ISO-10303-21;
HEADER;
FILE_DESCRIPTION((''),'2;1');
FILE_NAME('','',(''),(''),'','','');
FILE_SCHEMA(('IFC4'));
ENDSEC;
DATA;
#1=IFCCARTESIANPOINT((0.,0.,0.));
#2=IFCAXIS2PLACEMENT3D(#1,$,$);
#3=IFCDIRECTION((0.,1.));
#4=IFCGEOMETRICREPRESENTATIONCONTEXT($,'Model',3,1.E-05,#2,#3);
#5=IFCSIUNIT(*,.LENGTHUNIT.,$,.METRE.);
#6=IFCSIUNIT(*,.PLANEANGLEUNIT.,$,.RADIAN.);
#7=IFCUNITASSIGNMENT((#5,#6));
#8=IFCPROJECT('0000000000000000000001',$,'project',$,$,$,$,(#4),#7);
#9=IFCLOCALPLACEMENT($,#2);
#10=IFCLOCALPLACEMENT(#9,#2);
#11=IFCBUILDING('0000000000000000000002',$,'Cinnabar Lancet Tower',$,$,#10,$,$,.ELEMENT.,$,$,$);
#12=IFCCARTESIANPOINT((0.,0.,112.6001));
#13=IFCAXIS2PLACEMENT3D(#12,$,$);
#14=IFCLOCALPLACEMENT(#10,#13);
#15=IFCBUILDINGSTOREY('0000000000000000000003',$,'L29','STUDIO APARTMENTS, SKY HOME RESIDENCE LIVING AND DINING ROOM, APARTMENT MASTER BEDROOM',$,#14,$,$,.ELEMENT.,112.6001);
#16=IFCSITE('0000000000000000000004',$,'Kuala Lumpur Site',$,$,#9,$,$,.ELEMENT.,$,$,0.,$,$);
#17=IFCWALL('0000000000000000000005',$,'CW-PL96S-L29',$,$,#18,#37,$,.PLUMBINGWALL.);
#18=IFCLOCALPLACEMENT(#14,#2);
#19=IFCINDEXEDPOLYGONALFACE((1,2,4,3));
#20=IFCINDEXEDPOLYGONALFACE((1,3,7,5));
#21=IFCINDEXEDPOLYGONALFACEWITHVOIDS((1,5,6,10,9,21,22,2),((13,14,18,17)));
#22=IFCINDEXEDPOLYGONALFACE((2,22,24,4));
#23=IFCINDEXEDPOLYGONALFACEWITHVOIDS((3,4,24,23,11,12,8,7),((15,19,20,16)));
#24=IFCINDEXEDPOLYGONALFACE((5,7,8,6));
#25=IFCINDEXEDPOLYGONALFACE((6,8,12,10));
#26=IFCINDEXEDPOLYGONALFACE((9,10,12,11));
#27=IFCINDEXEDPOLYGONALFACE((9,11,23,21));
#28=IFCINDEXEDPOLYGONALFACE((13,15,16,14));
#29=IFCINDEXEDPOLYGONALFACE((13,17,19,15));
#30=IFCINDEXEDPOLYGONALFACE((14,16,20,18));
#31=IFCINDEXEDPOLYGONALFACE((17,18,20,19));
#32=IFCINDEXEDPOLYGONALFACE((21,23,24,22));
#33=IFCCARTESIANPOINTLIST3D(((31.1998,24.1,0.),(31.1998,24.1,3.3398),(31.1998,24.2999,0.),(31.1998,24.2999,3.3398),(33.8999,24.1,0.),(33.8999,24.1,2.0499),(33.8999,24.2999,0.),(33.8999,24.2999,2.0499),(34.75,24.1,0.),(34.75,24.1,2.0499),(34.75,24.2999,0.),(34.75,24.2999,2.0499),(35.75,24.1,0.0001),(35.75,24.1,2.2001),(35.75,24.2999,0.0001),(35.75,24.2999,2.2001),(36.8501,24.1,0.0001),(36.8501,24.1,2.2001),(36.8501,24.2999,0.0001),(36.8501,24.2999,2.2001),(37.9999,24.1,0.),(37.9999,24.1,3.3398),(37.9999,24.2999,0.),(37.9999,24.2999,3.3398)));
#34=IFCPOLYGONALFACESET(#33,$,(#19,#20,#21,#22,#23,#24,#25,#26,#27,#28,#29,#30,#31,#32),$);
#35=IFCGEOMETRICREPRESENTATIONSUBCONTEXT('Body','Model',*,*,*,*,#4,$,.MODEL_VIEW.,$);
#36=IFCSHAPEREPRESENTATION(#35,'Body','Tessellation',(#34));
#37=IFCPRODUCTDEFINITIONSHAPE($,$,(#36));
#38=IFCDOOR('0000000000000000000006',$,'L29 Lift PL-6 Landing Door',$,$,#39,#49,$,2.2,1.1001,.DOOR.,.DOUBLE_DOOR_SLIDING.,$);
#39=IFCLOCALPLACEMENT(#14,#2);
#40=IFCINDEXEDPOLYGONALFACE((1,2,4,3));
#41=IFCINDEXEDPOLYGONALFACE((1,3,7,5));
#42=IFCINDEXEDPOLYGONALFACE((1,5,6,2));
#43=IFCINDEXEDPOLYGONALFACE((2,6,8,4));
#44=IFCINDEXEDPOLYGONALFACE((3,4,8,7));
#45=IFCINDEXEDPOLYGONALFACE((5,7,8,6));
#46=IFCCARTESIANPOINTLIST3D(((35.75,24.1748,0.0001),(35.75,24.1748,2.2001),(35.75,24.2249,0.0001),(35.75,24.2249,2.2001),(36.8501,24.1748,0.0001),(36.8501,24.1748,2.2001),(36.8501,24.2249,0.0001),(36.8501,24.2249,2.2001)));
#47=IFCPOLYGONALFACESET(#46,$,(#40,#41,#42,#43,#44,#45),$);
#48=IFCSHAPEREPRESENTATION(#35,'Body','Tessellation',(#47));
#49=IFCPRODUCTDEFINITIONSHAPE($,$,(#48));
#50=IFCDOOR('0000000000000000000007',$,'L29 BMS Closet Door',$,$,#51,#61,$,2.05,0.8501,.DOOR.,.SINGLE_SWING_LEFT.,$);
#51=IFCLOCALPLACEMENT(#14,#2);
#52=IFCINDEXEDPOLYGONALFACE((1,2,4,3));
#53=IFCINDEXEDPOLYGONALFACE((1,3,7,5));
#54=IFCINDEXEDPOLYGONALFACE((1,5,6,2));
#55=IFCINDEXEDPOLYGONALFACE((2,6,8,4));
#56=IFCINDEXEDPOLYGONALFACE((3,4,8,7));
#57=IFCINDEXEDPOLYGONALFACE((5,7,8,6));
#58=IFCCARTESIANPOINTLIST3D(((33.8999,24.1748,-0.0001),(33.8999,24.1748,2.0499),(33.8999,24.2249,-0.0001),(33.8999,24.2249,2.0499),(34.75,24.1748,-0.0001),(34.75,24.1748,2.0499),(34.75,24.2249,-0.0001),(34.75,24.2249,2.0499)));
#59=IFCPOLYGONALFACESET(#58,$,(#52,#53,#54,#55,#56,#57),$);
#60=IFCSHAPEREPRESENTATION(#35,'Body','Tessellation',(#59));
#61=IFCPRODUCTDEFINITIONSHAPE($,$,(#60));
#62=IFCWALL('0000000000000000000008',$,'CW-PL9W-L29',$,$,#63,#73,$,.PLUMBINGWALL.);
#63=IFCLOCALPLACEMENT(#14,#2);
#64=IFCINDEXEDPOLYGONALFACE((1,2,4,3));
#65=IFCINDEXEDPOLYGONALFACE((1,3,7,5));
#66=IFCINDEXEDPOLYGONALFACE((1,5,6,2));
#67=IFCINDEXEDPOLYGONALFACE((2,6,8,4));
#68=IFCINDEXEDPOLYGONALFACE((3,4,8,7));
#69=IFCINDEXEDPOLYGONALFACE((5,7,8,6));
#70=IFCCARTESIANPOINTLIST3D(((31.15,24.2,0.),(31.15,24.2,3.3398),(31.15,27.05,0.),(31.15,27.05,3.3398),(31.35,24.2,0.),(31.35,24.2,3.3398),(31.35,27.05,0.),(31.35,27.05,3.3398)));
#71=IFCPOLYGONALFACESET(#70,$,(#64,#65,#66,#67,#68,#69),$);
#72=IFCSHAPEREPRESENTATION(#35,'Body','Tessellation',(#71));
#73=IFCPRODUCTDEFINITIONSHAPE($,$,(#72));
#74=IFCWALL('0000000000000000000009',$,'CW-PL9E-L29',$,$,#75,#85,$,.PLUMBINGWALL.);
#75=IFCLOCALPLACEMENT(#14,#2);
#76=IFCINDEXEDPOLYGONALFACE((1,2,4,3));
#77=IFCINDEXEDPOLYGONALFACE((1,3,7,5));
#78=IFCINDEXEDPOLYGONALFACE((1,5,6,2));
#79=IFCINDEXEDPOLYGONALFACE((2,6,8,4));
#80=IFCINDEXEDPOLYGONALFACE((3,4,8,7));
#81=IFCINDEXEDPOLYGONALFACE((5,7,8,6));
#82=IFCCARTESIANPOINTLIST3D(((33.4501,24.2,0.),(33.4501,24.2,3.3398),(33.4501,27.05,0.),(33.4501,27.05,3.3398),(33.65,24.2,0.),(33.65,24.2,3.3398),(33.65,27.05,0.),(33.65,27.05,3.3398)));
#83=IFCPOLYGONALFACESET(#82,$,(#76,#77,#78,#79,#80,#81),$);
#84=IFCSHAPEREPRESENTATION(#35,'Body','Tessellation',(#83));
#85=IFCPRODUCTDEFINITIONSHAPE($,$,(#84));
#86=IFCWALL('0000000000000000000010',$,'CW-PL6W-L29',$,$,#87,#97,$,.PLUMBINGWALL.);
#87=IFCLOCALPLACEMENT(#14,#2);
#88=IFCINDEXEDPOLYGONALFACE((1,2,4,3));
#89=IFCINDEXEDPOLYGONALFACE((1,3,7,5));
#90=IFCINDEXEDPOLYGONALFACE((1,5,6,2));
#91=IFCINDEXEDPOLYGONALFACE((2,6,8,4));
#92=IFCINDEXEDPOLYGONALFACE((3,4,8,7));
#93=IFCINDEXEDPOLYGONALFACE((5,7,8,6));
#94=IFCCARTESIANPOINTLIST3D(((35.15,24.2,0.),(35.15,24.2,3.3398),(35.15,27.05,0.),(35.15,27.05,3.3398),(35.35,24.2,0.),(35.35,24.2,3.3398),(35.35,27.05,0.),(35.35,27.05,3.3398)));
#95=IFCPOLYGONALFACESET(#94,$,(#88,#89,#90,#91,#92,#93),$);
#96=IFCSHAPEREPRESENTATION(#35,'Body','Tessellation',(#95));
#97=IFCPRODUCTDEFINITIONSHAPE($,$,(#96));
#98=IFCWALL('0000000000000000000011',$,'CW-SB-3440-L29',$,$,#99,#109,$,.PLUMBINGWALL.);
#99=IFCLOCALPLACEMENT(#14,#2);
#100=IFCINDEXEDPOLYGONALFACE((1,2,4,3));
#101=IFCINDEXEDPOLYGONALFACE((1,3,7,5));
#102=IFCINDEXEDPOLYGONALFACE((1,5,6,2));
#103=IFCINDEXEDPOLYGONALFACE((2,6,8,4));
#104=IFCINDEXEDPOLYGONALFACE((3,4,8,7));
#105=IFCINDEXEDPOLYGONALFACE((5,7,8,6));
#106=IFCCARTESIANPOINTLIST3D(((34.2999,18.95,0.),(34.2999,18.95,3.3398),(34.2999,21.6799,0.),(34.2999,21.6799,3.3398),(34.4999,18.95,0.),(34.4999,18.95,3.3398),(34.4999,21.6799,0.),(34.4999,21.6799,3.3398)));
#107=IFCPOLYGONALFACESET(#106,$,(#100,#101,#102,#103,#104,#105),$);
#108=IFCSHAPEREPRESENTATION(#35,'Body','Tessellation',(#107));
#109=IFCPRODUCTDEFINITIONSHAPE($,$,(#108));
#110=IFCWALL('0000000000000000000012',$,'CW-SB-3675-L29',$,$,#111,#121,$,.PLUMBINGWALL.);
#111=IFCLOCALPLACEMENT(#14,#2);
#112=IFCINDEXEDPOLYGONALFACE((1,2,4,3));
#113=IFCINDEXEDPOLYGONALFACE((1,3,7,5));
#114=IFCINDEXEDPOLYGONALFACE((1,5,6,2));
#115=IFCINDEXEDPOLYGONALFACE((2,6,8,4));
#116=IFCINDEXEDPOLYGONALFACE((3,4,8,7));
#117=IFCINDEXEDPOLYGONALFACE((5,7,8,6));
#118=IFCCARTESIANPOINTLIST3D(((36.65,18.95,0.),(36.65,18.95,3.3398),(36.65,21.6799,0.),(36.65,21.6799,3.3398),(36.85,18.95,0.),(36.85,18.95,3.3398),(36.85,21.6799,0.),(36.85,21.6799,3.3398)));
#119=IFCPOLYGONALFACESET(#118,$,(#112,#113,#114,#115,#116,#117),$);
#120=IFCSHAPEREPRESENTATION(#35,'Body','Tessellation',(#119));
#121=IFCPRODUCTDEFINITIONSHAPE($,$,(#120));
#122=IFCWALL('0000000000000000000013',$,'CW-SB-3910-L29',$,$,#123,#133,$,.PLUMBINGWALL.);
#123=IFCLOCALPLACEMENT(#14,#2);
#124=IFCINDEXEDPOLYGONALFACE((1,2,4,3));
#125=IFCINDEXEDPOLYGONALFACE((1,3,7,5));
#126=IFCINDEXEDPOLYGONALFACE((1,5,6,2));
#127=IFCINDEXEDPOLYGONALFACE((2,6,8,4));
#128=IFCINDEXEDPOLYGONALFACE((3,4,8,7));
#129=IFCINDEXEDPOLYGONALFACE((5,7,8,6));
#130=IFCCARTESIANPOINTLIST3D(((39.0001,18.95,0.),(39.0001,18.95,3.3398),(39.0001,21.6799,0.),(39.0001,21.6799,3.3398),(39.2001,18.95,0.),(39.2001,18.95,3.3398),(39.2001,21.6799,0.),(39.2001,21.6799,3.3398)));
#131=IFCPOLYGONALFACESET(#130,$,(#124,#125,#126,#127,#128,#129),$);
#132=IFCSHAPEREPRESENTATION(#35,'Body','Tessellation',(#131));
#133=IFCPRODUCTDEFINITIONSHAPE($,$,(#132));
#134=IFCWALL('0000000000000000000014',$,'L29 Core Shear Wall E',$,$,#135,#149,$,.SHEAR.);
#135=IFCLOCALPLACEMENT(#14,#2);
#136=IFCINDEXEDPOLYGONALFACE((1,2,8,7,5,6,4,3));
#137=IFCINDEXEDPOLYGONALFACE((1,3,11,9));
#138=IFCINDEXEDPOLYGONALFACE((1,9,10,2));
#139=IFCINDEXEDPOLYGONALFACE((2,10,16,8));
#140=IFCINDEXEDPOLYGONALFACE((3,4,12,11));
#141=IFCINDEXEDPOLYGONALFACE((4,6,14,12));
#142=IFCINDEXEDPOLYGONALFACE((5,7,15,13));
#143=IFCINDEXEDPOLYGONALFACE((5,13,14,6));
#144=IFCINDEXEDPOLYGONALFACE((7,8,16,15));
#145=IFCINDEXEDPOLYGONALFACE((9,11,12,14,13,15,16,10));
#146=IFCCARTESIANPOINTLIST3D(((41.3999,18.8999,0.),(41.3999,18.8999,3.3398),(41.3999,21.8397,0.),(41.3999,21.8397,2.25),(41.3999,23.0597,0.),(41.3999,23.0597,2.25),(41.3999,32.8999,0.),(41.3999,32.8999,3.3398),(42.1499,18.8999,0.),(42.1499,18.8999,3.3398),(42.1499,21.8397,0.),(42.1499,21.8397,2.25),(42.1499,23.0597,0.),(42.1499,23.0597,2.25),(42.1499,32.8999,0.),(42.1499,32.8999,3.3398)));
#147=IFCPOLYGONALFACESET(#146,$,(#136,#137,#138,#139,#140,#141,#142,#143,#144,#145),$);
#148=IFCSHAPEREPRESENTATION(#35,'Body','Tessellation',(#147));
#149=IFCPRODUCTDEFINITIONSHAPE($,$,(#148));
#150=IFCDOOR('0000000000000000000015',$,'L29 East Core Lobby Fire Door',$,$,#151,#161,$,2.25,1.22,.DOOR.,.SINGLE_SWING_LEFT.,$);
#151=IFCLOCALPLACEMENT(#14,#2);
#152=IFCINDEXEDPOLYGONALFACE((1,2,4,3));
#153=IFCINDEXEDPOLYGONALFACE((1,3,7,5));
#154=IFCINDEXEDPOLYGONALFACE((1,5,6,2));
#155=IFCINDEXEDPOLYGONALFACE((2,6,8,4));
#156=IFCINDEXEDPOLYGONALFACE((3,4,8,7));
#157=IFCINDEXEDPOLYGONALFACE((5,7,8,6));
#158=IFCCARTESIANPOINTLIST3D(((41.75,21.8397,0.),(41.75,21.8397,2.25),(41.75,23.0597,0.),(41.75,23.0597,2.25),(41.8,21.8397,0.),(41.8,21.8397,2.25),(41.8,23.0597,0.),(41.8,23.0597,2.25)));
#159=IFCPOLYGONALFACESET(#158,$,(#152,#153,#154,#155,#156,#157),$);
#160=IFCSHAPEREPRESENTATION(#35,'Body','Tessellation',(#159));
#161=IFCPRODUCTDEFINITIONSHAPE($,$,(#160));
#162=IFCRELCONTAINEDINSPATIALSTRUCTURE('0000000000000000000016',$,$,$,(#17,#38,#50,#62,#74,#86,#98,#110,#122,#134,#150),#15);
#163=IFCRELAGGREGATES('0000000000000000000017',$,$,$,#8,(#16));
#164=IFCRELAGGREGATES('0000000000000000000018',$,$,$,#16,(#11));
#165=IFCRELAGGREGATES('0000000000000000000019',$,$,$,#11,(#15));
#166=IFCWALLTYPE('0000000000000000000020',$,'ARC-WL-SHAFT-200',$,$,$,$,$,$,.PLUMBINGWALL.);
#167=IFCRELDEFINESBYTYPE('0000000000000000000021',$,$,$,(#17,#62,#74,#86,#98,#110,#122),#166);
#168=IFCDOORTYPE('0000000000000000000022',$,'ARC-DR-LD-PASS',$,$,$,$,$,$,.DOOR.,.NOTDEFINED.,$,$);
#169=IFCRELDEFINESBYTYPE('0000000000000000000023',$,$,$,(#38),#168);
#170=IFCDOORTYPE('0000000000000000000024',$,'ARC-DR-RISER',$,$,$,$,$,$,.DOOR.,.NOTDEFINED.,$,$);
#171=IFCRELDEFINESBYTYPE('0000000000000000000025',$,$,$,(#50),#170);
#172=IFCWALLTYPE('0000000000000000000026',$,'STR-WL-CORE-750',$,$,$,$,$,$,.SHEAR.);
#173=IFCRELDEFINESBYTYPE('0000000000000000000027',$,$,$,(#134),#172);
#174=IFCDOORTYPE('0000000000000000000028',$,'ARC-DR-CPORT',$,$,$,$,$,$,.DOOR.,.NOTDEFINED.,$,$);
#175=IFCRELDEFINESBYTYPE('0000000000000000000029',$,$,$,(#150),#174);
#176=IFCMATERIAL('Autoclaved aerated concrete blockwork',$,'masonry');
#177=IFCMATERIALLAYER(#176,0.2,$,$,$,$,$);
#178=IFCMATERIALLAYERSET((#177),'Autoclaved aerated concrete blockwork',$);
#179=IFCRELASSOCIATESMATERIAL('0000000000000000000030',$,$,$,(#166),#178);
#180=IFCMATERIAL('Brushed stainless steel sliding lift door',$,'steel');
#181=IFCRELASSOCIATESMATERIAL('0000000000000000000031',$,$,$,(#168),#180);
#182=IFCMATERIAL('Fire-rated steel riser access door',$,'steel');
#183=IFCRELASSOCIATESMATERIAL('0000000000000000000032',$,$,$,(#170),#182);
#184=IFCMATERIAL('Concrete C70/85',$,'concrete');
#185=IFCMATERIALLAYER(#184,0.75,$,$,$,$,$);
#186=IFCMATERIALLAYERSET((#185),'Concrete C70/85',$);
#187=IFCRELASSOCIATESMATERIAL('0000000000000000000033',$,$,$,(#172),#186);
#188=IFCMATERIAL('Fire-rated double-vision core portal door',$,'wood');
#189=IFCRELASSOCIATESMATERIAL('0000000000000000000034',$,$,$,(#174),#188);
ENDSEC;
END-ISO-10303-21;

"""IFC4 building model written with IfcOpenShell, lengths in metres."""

from ifc_helpers import new_model, si_unit, direction, frame, frame_2d, origin, place, context, subcontext, project, spatial, rectangle, extrude, material, layer, layer_set, type_object, element, fill, save


model = new_model("IFC4")

# Units and contexts
model_context = context("Model", 3, precision=1e-05, world=origin(), true_north=direction((0.0, 1.0)))
body_context = subcontext(model_context, "Body", "Model", "MODEL_VIEW")
ifc_project = project(units=[si_unit("LENGTHUNIT", "METRE"), si_unit("PLANEANGLEUNIT", "RADIAN")], contexts=[model_context])

# Site, building, storey
site_placement = place(None, origin())
site = spatial("IfcSite", under=ifc_project, at=site_placement, Name="Kuala Lumpur Site", CompositionType="ELEMENT", RefElevation=0.0)
building_placement = place(site_placement, origin())
building = spatial("IfcBuilding", under=site, at=building_placement, Name="Cinnabar Lancet Tower", CompositionType="ELEMENT")
storey_placement = place(building_placement, frame((0.0, 0.0, 112.6001)))
storey = spatial("IfcBuildingStorey", under=building, at=storey_placement, Name="L29", Description="STUDIO APARTMENTS, SKY HOME RESIDENCE LIVING AND DINING ROOM, APARTMENT MASTER BEDROOM", CompositionType="ELEMENT", Elevation=112.6001)

# Shared definitions
ifc_material_1 = material(Name="Autoclaved aerated concrete blockwork", Category="masonry")
ifc_layer_1 = layer(ifc_material_1, 0.2)
ifc_layer_set_1 = layer_set([ifc_layer_1], Name="Autoclaved aerated concrete blockwork")
wall_type_1 = type_object("IfcWallType", Name="ARC-WL-SHAFT-200", PredefinedType="PLUMBINGWALL", material=ifc_layer_set_1)

# Wall, openings, doors
wall_1_placement = place(storey_placement, frame((31.2, 24.2, 0.0), z_axis=(0.0, 0.0, 1.0), x_axis=(1.0, 0.0, 0.0)))
wall_1 = element("IfcWall", 1, at=wall_1_placement, inside=storey, type_object=wall_type_1, Name="CW-PL96S-L29", PredefinedType="PLUMBINGWALL", context=body_context, shape_type="SweptSolid", body=[
    extrude(rectangle(XDim=6.8, YDim=0.2, at=frame_2d((3.3999, 0.0))), origin(), (0.0, 0.0, 1.0), 3.3398),
])
opening_1_placement = place(wall_1_placement, frame((2.7, 0.0, 0.0)))
opening_1 = element("IfcOpeningElement", 2, at=opening_1_placement, cuts=wall_1, PredefinedType="OPENING", context=body_context, shape_type="SweptSolid", body=[
    extrude(rectangle(XDim=0.8501, YDim=2.05, at=frame_2d((0.425, 1.0249))), frame((0.0, 0.1099, 0.0), z_axis=(0.0, -1.0, 0.0), x_axis=(1.0, 0.0, 0.0)), (0.0, 0.0, 1.0), 0.22),
])
opening_2_placement = place(wall_1_placement, frame((4.55, 0.0, 0.0)))
opening_2 = element("IfcOpeningElement", 3, at=opening_2_placement, cuts=wall_1, PredefinedType="OPENING", context=body_context, shape_type="SweptSolid", body=[
    extrude(rectangle(XDim=1.1001, YDim=2.2, at=frame_2d((0.55, 1.1001))), frame((0.0, 0.1099, 0.0), z_axis=(0.0, -1.0, 0.0), x_axis=(1.0, 0.0, 0.0)), (0.0, 0.0, 1.0), 0.22),
])
ifc_material_2 = material(Name="Brushed stainless steel sliding lift door", Category="steel")
door_type_1 = type_object("IfcDoorType", Name="ARC-DR-LD-PASS", OperationType="NOTDEFINED", PredefinedType="DOOR", material=ifc_material_2)
door_1_placement = place(opening_2_placement, origin())
door_1 = element("IfcDoor", 4, at=door_1_placement, inside=storey, type_object=door_type_1, Name="L29 Lift PL-6 Landing Door", OperationType="DOUBLE_DOOR_SLIDING", OverallHeight=2.2, OverallWidth=1.1001, PredefinedType="DOOR", context=body_context, shape_type="SweptSolid", body=[
    extrude(rectangle(XDim=1.1001, YDim=2.2, at=frame_2d((0.55, 1.1001))), frame((0.0, 0.0249, 0.0), z_axis=(0.0, -1.0, 0.0), x_axis=(1.0, 0.0, 0.0)), (0.0, 0.0, 1.0), 0.05),
])
fill(opening_2, door_1)
ifc_material_3 = material(Name="Fire-rated steel riser access door", Category="steel")
door_type_2 = type_object("IfcDoorType", Name="ARC-DR-RISER", OperationType="NOTDEFINED", PredefinedType="DOOR", material=ifc_material_3)
door_2_placement = place(opening_1_placement, origin())
door_2 = element("IfcDoor", 5, at=door_2_placement, inside=storey, type_object=door_type_2, Name="L29 BMS Closet Door", OperationType="SINGLE_SWING_LEFT", OverallHeight=2.05, OverallWidth=0.8501, PredefinedType="DOOR", context=body_context, shape_type="SweptSolid", body=[
    extrude(rectangle(XDim=0.8501, YDim=2.05, at=frame_2d((0.425, 1.0249))), frame((0.0, 0.0249, 0.0), z_axis=(0.0, -1.0, 0.0), x_axis=(1.0, 0.0, 0.0)), (0.0, 0.0, 1.0), 0.05),
])
fill(opening_1, door_2)

# Walls
for number, where, z_axis, x_axis, name in (
    (6, (31.25, 24.2, 0.0), (0.0, 0.0, 1.0), (0.0, 1.0, 0.0), "CW-PL9W-L29"),
    (7, (33.55, 24.2, 0.0), (0.0, 0.0, 1.0), (0.0, 1.0, 0.0), "CW-PL9E-L29"),
    (8, (35.25, 24.2, 0.0), (0.0, 0.0, 1.0), (0.0, 1.0, 0.0), "CW-PL6W-L29"),
):
    element("IfcWall", number, at=place(storey_placement, frame(where, z_axis=z_axis, x_axis=x_axis)), inside=storey, type_object=wall_type_1, Name=name, PredefinedType="PLUMBINGWALL", context=body_context, shape_type="SweptSolid", body=[
        extrude(rectangle(XDim=2.8501, YDim=0.2, at=frame_2d((1.425, 0.0))), origin(), (0.0, 0.0, 1.0), 3.3398),
    ])
for number, where, z_axis, x_axis, name in (
    (9, (34.3999, 18.95, 0.0), (0.0, 0.0, 1.0), (0.0, 1.0, 0.0), "CW-SB-3440-L29"),
    (10, (36.75, 18.95, 0.0), (0.0, 0.0, 1.0), (0.0, 1.0, 0.0), "CW-SB-3675-L29"),
    (11, (39.1001, 18.95, 0.0), (0.0, 0.0, 1.0), (0.0, 1.0, 0.0), "CW-SB-3910-L29"),
):
    element("IfcWall", number, at=place(storey_placement, frame(where, z_axis=z_axis, x_axis=x_axis)), inside=storey, type_object=wall_type_1, Name=name, PredefinedType="PLUMBINGWALL", context=body_context, shape_type="SweptSolid", body=[
        extrude(rectangle(XDim=2.73, YDim=0.2, at=frame_2d((1.365, 0.0))), origin(), (0.0, 0.0, 1.0), 3.3398),
    ])

# Wall, opening, door
ifc_material_4 = material(Name="Concrete C70/85", Category="concrete")
ifc_layer_2 = layer(ifc_material_4, 0.75)
ifc_layer_set_2 = layer_set([ifc_layer_2], Name="Concrete C70/85")
wall_type_2 = type_object("IfcWallType", Name="STR-WL-CORE-750", PredefinedType="SHEAR", material=ifc_layer_set_2)
wall_2_placement = place(storey_placement, frame((41.7749, 18.8999, 0.0), z_axis=(0.0, 0.0, 1.0), x_axis=(0.0, 1.0, 0.0)))
wall_2 = element("IfcWall", 12, at=wall_2_placement, inside=storey, type_object=wall_type_2, Name="L29 Core Shear Wall E", PredefinedType="SHEAR", context=body_context, shape_type="SweptSolid", body=[
    extrude(rectangle(XDim=14.0, YDim=0.75, at=frame_2d((7.0, 0.0))), origin(), (0.0, 0.0, 1.0), 3.3398),
])
opening_3_placement = place(wall_2_placement, frame((2.9399, 0.0, 0.0)))
opening_3 = element("IfcOpeningElement", 13, at=opening_3_placement, cuts=wall_2, PredefinedType="OPENING", context=body_context, shape_type="SweptSolid", body=[
    extrude(rectangle(XDim=1.22, YDim=2.25, at=frame_2d((0.6099, 1.125))), frame((0.0, 0.385, 0.0), z_axis=(0.0, -1.0, 0.0), x_axis=(1.0, 0.0, 0.0)), (0.0, 0.0, 1.0), 0.77),
])
ifc_material_5 = material(Name="Fire-rated double-vision core portal door", Category="wood")
door_type_3 = type_object("IfcDoorType", Name="ARC-DR-CPORT", OperationType="NOTDEFINED", PredefinedType="DOOR", material=ifc_material_5)
door_3_placement = place(opening_3_placement, origin())
door_3 = element("IfcDoor", 14, at=door_3_placement, inside=storey, type_object=door_type_3, Name="L29 East Core Lobby Fire Door", OperationType="SINGLE_SWING_LEFT", OverallHeight=2.25, OverallWidth=1.22, PredefinedType="DOOR", context=body_context, shape_type="SweptSolid", body=[
    extrude(rectangle(XDim=1.22, YDim=2.25, at=frame_2d((0.6099, 1.125))), frame((0.0, 0.0249, 0.0), z_axis=(0.0, -1.0, 0.0), x_axis=(1.0, 0.0, 0.0)), (0.0, 0.0, 1.0), 0.05),
])
fill(opening_3, door_3)

save(model, "model.ifc")
